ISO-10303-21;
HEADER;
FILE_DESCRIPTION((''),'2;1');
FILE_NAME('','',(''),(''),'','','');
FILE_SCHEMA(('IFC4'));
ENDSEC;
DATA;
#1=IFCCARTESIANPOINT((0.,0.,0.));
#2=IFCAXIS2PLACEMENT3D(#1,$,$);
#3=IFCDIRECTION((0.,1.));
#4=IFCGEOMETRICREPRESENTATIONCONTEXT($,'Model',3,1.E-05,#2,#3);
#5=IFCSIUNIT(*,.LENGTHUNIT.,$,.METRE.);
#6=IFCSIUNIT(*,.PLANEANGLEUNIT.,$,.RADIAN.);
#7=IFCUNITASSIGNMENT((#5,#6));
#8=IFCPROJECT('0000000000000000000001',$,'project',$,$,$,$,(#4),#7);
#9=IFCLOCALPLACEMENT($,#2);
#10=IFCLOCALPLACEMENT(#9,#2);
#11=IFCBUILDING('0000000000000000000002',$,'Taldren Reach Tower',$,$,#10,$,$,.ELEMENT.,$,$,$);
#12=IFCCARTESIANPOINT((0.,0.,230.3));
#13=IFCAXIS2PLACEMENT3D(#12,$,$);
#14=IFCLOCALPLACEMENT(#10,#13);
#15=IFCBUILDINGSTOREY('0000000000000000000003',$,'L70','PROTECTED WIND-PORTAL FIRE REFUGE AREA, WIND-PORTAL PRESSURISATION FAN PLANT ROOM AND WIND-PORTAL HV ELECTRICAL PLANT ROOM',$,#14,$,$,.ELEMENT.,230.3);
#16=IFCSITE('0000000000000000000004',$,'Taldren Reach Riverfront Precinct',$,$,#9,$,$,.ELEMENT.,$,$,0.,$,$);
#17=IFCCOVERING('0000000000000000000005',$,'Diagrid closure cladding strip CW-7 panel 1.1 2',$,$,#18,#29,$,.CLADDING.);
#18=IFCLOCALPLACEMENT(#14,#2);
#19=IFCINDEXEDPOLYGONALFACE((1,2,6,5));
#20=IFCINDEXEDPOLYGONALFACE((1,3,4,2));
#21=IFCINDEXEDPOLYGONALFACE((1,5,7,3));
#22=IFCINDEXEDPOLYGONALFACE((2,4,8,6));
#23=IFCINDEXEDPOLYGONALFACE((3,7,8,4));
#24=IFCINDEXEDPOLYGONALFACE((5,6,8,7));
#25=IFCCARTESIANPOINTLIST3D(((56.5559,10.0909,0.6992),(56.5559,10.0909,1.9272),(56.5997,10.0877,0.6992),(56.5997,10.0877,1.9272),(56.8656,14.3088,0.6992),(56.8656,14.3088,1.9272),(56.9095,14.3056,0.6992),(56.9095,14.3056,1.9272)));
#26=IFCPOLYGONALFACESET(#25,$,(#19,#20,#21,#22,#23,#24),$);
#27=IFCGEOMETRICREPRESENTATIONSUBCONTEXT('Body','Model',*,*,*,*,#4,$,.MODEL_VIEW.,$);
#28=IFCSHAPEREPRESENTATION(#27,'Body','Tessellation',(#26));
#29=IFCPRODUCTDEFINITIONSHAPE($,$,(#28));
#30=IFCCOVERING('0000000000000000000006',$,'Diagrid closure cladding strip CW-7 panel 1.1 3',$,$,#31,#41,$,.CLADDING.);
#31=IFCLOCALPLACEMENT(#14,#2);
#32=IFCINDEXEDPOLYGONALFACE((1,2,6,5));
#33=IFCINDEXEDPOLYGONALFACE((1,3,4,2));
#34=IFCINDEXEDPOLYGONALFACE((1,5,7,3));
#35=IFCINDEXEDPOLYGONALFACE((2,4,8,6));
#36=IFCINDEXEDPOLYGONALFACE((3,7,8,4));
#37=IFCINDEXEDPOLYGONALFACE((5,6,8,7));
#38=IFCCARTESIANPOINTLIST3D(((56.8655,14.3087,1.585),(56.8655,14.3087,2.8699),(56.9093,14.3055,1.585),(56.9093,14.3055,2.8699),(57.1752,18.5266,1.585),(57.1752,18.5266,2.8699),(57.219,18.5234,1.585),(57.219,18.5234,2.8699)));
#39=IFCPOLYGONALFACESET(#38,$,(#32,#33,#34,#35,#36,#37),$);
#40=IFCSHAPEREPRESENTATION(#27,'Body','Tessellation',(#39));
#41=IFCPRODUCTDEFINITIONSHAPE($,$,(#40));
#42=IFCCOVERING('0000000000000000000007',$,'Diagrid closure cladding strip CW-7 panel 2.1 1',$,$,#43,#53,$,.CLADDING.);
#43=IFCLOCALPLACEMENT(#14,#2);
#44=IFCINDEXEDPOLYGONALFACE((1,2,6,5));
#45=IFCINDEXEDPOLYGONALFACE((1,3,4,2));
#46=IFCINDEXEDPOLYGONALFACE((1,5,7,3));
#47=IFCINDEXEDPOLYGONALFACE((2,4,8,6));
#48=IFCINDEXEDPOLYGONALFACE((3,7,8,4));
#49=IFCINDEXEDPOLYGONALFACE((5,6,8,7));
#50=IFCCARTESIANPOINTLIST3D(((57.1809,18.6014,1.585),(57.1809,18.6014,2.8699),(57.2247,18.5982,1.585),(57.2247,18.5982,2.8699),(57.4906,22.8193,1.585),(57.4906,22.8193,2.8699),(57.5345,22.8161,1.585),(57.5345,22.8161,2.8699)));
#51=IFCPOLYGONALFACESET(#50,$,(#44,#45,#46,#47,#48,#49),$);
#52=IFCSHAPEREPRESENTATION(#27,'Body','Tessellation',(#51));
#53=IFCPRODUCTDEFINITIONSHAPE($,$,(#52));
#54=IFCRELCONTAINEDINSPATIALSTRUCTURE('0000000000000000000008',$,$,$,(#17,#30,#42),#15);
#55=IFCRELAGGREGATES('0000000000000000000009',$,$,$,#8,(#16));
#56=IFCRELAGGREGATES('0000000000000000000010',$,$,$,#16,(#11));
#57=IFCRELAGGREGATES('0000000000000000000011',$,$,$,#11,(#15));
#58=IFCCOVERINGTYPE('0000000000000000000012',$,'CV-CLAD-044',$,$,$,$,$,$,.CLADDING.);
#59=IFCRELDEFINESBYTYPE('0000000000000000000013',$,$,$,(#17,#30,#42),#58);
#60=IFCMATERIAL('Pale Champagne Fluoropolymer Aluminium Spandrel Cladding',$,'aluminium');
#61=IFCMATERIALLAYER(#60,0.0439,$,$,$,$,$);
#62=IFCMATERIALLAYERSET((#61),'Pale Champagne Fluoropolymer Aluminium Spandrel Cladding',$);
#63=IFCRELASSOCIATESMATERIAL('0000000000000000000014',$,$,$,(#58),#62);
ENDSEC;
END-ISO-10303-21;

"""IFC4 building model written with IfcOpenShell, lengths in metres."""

from ifc_helpers import new_model, si_unit, direction, frame, origin, origin_2d, place, context, subcontext, project, spatial, rectangle, extrude, source, transform, mapped, material, layer, layer_set, type_object, element, save


model = new_model("IFC4")

# Units and contexts
model_context = context("Model", 3, precision=1e-05, world=origin(), true_north=direction((0.0, 1.0)))
body_context = subcontext(model_context, "Body", "Model", "MODEL_VIEW")
ifc_project = project(units=[si_unit("LENGTHUNIT", "METRE"), si_unit("PLANEANGLEUNIT", "RADIAN")], contexts=[model_context])

# Site, building, storey
site_placement = place(None, origin())
site = spatial("IfcSite", under=ifc_project, at=site_placement, Name="Taldren Reach Riverfront Precinct", CompositionType="ELEMENT", RefElevation=0.0)
building_placement = place(site_placement, origin())
building = spatial("IfcBuilding", under=site, at=building_placement, Name="Taldren Reach Tower", CompositionType="ELEMENT")
storey_placement = place(building_placement, frame((0.0, 0.0, 230.3)))
storey = spatial("IfcBuildingStorey", under=building, at=storey_placement, Name="L70", Description="PROTECTED WIND-PORTAL FIRE REFUGE AREA, WIND-PORTAL PRESSURISATION FAN PLANT ROOM AND WIND-PORTAL HV ELECTRICAL PLANT ROOM", CompositionType="ELEMENT", Elevation=230.3)

# Coverings
ifc_material_1 = material(Name="Pale Champagne Fluoropolymer Aluminium Spandrel Cladding", Category="aluminium")
ifc_layer_1 = layer(ifc_material_1, 0.0439)
ifc_layer_set_1 = layer_set([ifc_layer_1], Name="Pale Champagne Fluoropolymer Aluminium Spandrel Cladding")
covering_type = type_object("IfcCoveringType", Name="CV-CLAD-044", PredefinedType="CLADDING", material=ifc_layer_set_1)
shared_shape_1 = source(origin(), body_context, "Body", "SweptSolid", [
    extrude(rectangle(XDim=4.2292, YDim=0.0439, at=origin_2d()), origin(), (0.0, 0.0, 1.0), 1.228),
])
covering_placement = place(storey_placement, frame((56.7327, 12.1982, 0.6992), z_axis=(0.0, 0.0, 1.0), x_axis=(0.073238, 0.997314, 0.0)))
element("IfcCovering", 1, at=covering_placement, inside=storey, type_object=covering_type, Name="Diagrid closure cladding strip CW-7 panel 1.1 2", PredefinedType="CLADDING", context=body_context, shape_type="MappedRepresentation", body=[
    mapped(shared_shape_1, transform((0.0, 0.0, 0.0), scale=1.0)),
])
shared_shape_2 = source(origin(), body_context, "Body", "SweptSolid", [
    extrude(rectangle(XDim=4.2292, YDim=0.0439, at=origin_2d()), origin(), (0.0, 0.0, 1.0), 1.2849),
])
for number, where, z_axis, x_axis, name in (
    (2, (57.0422, 16.416, 1.585), (0.0, 0.0, 1.0), (0.073238, 0.997314, 0.0), "Diagrid closure cladding strip CW-7 panel 1.1 3"),
    (3, (57.3577, 20.7087, 1.585), (0.0, 0.0, 1.0), (0.073238, 0.997314, 0.0), "Diagrid closure cladding strip CW-7 panel 2.1 1"),
):
    element("IfcCovering", number, at=place(storey_placement, frame(where, z_axis=z_axis, x_axis=x_axis)), inside=storey, type_object=covering_type, Name=name, PredefinedType="CLADDING", context=body_context, shape_type="MappedRepresentation", body=[
        mapped(shared_shape_2, transform((0.0, 0.0, 0.0), scale=1.0)),
    ])

save(model, "model.ifc")
